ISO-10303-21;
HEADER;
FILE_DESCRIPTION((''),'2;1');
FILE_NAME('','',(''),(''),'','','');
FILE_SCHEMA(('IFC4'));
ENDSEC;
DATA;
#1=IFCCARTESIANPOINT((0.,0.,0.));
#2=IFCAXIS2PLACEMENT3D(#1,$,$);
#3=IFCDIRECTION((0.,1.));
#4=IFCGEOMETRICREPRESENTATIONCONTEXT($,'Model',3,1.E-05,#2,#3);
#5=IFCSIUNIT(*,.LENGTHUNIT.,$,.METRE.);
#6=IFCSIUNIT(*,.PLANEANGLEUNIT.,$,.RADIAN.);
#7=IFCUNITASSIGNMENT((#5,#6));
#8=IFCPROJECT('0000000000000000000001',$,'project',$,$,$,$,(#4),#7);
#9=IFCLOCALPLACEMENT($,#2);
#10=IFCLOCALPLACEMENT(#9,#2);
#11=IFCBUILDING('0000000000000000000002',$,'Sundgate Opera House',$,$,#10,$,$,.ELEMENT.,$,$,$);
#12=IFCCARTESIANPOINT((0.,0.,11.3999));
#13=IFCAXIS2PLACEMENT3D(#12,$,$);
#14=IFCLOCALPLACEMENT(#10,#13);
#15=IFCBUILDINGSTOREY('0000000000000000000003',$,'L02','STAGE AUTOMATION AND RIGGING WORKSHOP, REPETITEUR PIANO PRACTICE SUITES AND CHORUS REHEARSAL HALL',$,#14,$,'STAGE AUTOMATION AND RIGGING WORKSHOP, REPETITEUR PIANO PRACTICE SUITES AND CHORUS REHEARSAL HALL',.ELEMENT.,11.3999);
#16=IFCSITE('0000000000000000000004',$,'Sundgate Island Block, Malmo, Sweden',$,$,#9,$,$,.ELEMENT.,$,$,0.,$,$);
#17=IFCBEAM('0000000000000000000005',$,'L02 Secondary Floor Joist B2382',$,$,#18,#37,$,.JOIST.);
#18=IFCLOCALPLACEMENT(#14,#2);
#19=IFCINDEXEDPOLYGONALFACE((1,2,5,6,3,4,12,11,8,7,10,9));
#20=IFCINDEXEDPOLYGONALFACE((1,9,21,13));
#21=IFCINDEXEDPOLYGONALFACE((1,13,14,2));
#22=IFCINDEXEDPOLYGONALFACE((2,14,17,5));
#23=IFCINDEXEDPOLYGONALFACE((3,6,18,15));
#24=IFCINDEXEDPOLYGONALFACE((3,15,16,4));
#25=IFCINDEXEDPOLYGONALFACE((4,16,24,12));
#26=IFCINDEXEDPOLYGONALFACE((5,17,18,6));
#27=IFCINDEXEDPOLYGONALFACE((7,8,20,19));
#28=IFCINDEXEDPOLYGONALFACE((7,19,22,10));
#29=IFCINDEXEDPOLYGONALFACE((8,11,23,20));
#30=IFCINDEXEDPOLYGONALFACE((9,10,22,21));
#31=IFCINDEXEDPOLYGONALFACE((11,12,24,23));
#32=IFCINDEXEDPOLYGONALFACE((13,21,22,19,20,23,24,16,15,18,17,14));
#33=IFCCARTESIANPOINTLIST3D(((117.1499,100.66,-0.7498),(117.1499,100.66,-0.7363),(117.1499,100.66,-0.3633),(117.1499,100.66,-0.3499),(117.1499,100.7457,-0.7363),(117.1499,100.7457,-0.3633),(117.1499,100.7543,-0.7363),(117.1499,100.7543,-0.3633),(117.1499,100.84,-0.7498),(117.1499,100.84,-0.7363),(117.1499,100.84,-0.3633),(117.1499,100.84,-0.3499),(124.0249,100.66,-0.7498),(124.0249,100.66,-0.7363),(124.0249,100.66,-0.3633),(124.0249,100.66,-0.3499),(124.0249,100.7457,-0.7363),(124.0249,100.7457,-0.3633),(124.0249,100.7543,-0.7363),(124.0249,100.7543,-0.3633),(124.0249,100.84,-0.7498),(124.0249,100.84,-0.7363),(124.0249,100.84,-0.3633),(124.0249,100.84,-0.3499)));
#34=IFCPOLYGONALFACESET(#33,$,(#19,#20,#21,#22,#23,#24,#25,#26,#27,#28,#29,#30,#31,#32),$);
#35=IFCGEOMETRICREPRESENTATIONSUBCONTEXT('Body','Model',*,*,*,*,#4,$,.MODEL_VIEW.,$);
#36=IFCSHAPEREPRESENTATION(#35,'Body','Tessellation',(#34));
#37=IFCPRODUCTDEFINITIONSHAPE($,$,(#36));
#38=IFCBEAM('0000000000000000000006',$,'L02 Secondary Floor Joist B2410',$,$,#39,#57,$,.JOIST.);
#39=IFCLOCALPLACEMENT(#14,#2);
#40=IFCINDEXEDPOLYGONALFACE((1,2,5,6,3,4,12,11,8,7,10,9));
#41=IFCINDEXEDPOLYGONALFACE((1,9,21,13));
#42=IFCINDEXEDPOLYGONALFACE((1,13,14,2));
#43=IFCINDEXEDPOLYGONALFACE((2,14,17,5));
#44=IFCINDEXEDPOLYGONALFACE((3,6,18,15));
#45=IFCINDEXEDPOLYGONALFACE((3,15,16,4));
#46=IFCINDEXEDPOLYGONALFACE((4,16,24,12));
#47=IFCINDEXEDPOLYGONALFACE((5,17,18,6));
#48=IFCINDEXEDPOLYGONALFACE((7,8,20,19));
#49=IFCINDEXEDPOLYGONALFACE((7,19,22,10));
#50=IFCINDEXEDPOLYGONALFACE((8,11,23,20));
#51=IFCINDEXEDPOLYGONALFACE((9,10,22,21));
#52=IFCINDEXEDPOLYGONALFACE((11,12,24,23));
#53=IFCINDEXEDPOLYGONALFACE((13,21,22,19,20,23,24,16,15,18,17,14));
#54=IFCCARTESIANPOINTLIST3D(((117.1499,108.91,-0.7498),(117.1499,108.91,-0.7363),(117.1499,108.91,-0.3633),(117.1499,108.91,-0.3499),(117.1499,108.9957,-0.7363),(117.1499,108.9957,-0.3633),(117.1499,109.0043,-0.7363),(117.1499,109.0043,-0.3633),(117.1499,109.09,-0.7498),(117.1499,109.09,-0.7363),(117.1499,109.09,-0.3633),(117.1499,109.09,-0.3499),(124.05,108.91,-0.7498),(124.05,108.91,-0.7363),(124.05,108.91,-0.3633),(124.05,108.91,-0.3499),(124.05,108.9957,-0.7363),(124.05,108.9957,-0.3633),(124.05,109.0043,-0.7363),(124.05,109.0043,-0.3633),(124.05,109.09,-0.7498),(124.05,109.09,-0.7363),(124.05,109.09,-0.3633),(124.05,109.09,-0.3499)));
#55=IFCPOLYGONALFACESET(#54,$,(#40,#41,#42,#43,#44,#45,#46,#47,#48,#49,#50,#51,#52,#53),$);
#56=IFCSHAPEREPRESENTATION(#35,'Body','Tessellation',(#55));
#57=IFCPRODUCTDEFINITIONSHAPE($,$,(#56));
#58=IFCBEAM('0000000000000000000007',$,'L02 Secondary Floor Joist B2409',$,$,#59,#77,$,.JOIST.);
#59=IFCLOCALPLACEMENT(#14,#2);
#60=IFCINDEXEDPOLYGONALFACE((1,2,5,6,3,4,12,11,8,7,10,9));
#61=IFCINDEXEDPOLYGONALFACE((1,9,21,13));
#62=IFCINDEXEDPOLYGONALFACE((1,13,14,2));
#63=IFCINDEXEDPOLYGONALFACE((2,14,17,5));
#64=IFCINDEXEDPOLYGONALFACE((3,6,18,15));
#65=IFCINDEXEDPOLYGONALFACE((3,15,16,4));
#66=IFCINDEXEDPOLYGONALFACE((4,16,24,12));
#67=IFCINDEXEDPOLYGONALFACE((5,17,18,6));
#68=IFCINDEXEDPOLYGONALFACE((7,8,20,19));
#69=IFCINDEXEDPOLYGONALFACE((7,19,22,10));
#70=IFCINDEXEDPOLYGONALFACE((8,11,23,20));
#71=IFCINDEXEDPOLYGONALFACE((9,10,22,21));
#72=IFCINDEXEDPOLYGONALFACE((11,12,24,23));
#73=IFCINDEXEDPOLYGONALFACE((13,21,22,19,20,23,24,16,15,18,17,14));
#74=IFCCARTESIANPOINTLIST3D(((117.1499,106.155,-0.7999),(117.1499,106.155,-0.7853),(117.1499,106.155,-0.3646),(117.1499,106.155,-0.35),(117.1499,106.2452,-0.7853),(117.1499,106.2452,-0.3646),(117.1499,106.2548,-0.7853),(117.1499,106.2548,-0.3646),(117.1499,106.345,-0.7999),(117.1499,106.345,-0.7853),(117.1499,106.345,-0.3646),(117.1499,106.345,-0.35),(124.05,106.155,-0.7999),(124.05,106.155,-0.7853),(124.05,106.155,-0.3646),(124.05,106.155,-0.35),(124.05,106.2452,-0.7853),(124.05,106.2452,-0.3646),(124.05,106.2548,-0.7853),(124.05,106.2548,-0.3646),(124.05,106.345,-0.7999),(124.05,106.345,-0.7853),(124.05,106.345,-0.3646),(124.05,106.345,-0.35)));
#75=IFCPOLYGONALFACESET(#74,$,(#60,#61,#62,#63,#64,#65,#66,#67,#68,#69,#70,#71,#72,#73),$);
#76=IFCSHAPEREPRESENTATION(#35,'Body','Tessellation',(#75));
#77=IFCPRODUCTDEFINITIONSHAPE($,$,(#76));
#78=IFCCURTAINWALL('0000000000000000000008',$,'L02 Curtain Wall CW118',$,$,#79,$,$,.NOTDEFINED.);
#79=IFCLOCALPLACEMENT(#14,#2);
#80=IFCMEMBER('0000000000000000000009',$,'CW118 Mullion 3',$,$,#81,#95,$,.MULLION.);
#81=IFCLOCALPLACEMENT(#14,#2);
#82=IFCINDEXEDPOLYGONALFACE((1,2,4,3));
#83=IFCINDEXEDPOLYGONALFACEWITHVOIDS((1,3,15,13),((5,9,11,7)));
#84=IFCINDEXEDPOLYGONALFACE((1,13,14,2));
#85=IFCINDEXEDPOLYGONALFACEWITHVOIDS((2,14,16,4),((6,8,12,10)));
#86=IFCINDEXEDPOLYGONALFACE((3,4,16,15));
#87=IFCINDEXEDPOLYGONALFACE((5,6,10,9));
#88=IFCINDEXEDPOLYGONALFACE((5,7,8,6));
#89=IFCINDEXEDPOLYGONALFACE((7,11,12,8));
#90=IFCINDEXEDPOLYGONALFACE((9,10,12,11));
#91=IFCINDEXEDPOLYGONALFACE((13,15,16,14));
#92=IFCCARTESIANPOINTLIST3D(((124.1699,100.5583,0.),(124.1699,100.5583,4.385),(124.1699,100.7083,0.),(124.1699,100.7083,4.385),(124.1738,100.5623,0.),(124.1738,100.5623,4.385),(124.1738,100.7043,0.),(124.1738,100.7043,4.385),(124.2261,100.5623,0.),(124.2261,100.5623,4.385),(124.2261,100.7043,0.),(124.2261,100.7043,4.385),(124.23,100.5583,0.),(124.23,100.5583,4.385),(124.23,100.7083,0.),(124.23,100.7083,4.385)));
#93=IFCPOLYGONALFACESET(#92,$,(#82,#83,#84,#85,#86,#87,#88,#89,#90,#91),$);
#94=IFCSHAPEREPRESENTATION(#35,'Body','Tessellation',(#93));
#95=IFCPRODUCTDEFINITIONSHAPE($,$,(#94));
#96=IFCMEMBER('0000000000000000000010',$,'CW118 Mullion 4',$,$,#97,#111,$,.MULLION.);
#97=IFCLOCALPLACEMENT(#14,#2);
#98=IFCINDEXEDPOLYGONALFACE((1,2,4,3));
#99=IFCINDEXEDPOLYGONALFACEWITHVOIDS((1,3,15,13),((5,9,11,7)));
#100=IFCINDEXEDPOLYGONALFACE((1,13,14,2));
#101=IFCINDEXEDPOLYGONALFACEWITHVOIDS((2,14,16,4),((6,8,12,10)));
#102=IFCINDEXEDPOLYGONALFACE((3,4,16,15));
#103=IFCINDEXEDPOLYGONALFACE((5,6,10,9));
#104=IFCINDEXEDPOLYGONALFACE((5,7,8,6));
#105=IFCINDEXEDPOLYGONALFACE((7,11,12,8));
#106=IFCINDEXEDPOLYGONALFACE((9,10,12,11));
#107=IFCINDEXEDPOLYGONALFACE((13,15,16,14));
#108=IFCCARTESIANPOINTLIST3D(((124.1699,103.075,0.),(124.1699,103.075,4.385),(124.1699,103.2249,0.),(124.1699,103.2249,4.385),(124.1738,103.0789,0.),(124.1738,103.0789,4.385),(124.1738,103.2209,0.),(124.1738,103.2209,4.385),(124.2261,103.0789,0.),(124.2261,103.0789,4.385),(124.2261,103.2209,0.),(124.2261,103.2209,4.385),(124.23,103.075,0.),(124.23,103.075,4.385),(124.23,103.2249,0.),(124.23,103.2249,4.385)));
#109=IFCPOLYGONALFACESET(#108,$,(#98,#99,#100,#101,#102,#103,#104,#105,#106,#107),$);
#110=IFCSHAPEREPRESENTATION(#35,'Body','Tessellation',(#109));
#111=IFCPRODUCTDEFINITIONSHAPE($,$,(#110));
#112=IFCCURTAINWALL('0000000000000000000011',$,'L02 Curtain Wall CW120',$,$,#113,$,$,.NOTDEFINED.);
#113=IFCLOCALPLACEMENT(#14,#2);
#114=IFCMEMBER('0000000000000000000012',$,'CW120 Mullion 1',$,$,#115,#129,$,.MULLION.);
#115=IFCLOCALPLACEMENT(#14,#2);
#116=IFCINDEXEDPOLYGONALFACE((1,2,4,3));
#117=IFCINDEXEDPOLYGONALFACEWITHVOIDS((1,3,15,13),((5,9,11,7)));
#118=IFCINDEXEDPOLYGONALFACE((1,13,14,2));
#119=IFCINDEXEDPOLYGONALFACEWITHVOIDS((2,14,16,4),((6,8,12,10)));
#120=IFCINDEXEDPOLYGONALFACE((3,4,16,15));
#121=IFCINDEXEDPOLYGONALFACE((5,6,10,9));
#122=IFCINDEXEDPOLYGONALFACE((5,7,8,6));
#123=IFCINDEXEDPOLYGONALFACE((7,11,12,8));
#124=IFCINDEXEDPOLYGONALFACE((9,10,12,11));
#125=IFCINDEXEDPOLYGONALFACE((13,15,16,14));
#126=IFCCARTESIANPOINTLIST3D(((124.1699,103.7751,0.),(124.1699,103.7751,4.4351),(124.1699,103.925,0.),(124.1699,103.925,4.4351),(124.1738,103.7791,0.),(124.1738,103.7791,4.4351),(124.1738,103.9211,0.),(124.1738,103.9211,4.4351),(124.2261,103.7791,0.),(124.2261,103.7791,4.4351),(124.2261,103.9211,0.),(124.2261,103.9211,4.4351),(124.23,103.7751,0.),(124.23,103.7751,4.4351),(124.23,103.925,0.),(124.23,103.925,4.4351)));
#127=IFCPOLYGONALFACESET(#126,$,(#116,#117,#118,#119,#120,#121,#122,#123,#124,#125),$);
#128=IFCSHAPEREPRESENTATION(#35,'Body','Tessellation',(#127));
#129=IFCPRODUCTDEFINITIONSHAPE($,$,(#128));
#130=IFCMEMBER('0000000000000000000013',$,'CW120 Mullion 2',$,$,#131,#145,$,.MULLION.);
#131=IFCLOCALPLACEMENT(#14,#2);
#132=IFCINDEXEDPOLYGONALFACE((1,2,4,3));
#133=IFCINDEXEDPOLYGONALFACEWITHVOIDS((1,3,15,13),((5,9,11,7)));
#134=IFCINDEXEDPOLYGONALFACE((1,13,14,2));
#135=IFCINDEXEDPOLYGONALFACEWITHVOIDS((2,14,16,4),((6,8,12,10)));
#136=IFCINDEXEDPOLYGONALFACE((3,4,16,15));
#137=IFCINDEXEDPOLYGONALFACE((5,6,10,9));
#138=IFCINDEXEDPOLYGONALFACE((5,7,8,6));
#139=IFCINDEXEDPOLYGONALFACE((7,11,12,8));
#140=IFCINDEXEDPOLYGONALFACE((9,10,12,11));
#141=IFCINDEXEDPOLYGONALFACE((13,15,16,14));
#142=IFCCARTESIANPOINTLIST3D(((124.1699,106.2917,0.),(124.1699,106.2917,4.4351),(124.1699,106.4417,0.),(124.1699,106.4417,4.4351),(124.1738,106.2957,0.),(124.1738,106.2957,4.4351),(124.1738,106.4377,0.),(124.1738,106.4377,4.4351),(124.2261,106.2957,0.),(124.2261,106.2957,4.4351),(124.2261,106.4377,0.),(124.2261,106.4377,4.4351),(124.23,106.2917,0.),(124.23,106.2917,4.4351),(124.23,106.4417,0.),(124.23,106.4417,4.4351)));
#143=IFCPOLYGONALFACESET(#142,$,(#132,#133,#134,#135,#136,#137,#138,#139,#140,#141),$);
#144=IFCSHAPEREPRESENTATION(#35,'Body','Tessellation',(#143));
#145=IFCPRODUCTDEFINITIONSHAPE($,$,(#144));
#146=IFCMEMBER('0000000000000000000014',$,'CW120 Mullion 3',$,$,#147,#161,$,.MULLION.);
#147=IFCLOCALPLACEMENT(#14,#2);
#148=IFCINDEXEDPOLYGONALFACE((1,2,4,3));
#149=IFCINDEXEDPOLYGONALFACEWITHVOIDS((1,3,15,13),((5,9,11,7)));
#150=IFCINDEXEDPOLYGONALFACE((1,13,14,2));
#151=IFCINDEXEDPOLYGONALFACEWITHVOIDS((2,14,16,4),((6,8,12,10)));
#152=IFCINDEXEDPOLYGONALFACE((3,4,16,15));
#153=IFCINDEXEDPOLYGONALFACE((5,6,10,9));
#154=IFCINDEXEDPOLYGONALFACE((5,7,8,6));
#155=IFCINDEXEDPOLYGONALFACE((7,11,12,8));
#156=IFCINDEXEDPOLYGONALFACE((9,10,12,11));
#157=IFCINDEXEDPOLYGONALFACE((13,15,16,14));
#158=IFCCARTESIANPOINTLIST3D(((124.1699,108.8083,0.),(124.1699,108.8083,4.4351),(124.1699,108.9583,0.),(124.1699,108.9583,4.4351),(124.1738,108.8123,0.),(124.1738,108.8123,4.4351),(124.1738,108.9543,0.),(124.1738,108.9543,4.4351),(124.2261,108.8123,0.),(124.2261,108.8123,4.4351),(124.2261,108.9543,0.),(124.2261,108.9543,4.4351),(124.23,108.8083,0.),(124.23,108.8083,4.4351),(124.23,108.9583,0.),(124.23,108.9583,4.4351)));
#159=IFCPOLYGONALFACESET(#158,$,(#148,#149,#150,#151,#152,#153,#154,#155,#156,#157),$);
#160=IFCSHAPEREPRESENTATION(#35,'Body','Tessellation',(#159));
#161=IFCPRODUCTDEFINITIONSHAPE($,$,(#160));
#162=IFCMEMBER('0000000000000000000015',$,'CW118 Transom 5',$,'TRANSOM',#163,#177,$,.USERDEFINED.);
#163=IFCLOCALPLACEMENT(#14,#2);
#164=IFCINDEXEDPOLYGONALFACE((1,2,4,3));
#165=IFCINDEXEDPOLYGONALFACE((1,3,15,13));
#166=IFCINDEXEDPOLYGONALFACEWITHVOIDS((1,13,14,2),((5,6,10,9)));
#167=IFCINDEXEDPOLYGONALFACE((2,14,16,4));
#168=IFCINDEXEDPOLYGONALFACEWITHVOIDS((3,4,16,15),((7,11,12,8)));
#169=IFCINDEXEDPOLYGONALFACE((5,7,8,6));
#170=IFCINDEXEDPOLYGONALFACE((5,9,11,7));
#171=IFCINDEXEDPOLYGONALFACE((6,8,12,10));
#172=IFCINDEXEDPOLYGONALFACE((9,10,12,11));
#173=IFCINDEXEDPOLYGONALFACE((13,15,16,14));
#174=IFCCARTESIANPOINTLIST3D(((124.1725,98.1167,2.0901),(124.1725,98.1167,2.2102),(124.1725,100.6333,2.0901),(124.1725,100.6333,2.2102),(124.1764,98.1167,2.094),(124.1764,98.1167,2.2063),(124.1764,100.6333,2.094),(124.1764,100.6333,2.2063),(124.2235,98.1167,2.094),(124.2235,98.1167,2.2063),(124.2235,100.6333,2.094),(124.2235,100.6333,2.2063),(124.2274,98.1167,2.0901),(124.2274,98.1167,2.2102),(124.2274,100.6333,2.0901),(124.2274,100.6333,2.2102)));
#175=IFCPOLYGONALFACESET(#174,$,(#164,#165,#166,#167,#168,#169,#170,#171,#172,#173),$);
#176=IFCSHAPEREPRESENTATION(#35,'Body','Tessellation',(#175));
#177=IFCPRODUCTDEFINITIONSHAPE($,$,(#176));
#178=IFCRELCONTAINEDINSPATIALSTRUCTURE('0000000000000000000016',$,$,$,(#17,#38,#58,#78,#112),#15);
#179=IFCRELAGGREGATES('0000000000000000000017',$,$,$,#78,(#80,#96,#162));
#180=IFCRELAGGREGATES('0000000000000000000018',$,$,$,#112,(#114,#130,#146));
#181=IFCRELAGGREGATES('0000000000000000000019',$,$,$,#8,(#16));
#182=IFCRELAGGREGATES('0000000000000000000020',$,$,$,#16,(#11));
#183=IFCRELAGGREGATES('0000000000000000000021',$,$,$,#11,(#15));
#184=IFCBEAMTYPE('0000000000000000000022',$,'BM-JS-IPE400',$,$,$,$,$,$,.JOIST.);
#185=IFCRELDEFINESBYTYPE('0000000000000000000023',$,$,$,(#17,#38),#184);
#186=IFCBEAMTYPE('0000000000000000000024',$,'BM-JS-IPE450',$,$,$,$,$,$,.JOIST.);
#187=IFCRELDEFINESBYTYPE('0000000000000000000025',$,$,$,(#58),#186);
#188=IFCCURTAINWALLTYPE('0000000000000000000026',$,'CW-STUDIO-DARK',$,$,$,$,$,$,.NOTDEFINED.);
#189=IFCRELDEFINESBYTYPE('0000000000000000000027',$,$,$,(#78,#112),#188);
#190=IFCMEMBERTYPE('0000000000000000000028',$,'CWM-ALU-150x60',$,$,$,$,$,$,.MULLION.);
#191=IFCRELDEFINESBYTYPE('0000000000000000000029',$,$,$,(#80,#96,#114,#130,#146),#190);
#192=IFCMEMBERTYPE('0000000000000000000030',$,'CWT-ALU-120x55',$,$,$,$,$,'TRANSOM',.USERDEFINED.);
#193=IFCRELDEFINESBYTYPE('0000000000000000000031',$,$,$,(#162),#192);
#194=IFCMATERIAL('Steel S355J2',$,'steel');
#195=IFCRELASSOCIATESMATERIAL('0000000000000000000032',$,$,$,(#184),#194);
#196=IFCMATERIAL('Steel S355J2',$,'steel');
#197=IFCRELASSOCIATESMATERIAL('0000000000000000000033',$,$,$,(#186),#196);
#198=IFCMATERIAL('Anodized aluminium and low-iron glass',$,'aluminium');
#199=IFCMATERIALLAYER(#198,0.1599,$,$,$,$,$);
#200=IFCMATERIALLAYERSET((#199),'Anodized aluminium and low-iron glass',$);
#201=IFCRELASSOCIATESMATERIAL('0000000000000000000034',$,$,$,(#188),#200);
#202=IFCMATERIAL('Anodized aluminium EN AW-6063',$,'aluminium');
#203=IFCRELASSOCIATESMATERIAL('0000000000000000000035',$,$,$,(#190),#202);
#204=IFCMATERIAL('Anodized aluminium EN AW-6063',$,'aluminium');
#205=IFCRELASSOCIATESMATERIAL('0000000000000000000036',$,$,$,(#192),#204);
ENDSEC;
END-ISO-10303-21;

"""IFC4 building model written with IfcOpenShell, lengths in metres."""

from ifc_helpers import new_model, si_unit, direction, frame, origin, origin_2d, place, context, subcontext, project, spatial, hollow_rectangle, i_section, extrude, material, layer, layer_set, material_profile, profile_set, type_object, element, aggregate, save


model = new_model("IFC4")

# Units and contexts
model_context = context("Model", 3, precision=1e-05, world=origin(), true_north=direction((0.0, 1.0)))
body_context = subcontext(model_context, "Body", "Model", "MODEL_VIEW")
ifc_project = project(units=[si_unit("LENGTHUNIT", "METRE"), si_unit("PLANEANGLEUNIT", "RADIAN")], contexts=[model_context])

# Site, building, storey
site_placement = place(None, origin())
site = spatial("IfcSite", under=ifc_project, at=site_placement, Name="Sundgate Island Block, Malmo, Sweden", CompositionType="ELEMENT", RefElevation=0.0)
building_placement = place(site_placement, origin())
building = spatial("IfcBuilding", under=site, at=building_placement, Name="Sundgate Opera House", CompositionType="ELEMENT")
storey_placement = place(building_placement, frame((0.0, 0.0, 11.3999)))
storey = spatial("IfcBuildingStorey", under=building, at=storey_placement, Name="L02", Description="STAGE AUTOMATION AND RIGGING WORKSHOP, REPETITEUR PIANO PRACTICE SUITES AND CHORUS REHEARSAL HALL", LongName="STAGE AUTOMATION AND RIGGING WORKSHOP, REPETITEUR PIANO PRACTICE SUITES AND CHORUS REHEARSAL HALL", CompositionType="ELEMENT", Elevation=11.3999)

# Beams
ifc_material_1 = material(Name="Steel S355J2", Category="steel")
ifc_material_profile_1 = material_profile(ifc_material_1, i_section(OverallWidth=0.1799, OverallDepth=0.3999, WebThickness=0.0085, FlangeThickness=0.0134, at=origin_2d()), Name="IPE 400")
ifc_profile_set_1 = profile_set([ifc_material_profile_1], Name="Steel S355J2")
beam_type_1 = type_object("IfcBeamType", Name="BM-JS-IPE400", PredefinedType="JOIST", material=ifc_profile_set_1)
beam_1_placement = place(storey_placement, frame((117.1499, 100.75, -0.5498), z_axis=(1.0, 0.0, 0.0), x_axis=(0.0, 1.0, 0.0)))
element("IfcBeam", 1, at=beam_1_placement, inside=storey, type_object=beam_type_1, Name="L02 Secondary Floor Joist B2382", PredefinedType="JOIST", context=body_context, shape_type="SweptSolid", body=[
    extrude(i_section(OverallWidth=0.1799, OverallDepth=0.3999, WebThickness=0.0085, FlangeThickness=0.0134, at=origin_2d()), origin(), (0.0, 0.0, 1.0), 6.875),
])
beam_2_placement = place(storey_placement, frame((117.1499, 109.0, -0.5498), z_axis=(1.0, 0.0, 0.0), x_axis=(0.0, 1.0, 0.0)))
element("IfcBeam", 2, at=beam_2_placement, inside=storey, type_object=beam_type_1, Name="L02 Secondary Floor Joist B2410", PredefinedType="JOIST", context=body_context, shape_type="SweptSolid", body=[
    extrude(i_section(OverallWidth=0.1799, OverallDepth=0.3999, WebThickness=0.0085, FlangeThickness=0.0134, at=origin_2d()), origin(), (0.0, 0.0, 1.0), 6.9001),
])
ifc_material_2 = material(Name="Steel S355J2", Category="steel")
ifc_material_profile_2 = material_profile(ifc_material_2, i_section(OverallWidth=0.1899, OverallDepth=0.45, WebThickness=0.0095, FlangeThickness=0.0146, at=origin_2d()), Name="IPE 450")
ifc_profile_set_2 = profile_set([ifc_material_profile_2], Name="Steel S355J2")
beam_type_2 = type_object("IfcBeamType", Name="BM-JS-IPE450", PredefinedType="JOIST", material=ifc_profile_set_2)
beam_3_placement = place(storey_placement, frame((117.1499, 106.25, -0.575), z_axis=(1.0, 0.0, 0.0), x_axis=(0.0, 1.0, 0.0)))
element("IfcBeam", 3, at=beam_3_placement, inside=storey, type_object=beam_type_2, Name="L02 Secondary Floor Joist B2409", PredefinedType="JOIST", context=body_context, shape_type="SweptSolid", body=[
    extrude(i_section(OverallWidth=0.1899, OverallDepth=0.45, WebThickness=0.0095, FlangeThickness=0.0146, at=origin_2d()), origin(), (0.0, 0.0, 1.0), 6.9001),
])

# Curtain walls, members
ifc_material_3 = material(Name="Anodized aluminium and low-iron glass", Category="aluminium")
ifc_layer_1 = layer(ifc_material_3, 0.1599)
ifc_layer_set_1 = layer_set([ifc_layer_1], Name="Anodized aluminium and low-iron glass")
curtain_wall_type = type_object("IfcCurtainWallType", Name="CW-STUDIO-DARK", PredefinedType="NOTDEFINED", material=ifc_layer_set_1)
curtain_wall_1_placement = place(storey_placement, origin())
curtain_wall_1 = element("IfcCurtainWall", 4, at=curtain_wall_1_placement, inside=storey, type_object=curtain_wall_type, Name="L02 Curtain Wall CW118", PredefinedType="NOTDEFINED")
ifc_material_4 = material(Name="Anodized aluminium EN AW-6063", Category="aluminium")
ifc_material_profile_3 = material_profile(ifc_material_4, hollow_rectangle(XDim=0.0601, YDim=0.1499, WallThickness=0.0039, at=origin_2d()), Name="CWM 150x60x4")
ifc_profile_set_3 = profile_set([ifc_material_profile_3], Name="Anodized aluminium EN AW-6063")
member_type_1 = type_object("IfcMemberType", Name="CWM-ALU-150x60", PredefinedType="MULLION", material=ifc_profile_set_3)
member_1_placement = place(storey_placement, frame((124.2, 100.6333, 0.0), z_axis=(0.0, 0.0, 1.0), x_axis=(1.0, 0.0, 0.0)))
member_1 = element("IfcMember", 5, at=member_1_placement, type_object=member_type_1, Name="CW118 Mullion 3", PredefinedType="MULLION", context=body_context, shape_type="SweptSolid", body=[
    extrude(hollow_rectangle(XDim=0.0601, YDim=0.1499, WallThickness=0.0039, at=origin_2d()), origin(), (0.0, 0.0, 1.0), 4.385),
])
member_2_placement = place(storey_placement, frame((124.2, 103.1499, 0.0), z_axis=(0.0, 0.0, 1.0), x_axis=(1.0, 0.0, 0.0)))
member_2 = element("IfcMember", 6, at=member_2_placement, type_object=member_type_1, Name="CW118 Mullion 4", PredefinedType="MULLION", context=body_context, shape_type="SweptSolid", body=[
    extrude(hollow_rectangle(XDim=0.0601, YDim=0.1499, WallThickness=0.0039, at=origin_2d()), origin(), (0.0, 0.0, 1.0), 4.385),
])
curtain_wall_2_placement = place(storey_placement, origin())
curtain_wall_2 = element("IfcCurtainWall", 7, at=curtain_wall_2_placement, inside=storey, type_object=curtain_wall_type, Name="L02 Curtain Wall CW120", PredefinedType="NOTDEFINED")
member_3_placement = place(storey_placement, frame((124.2, 103.8501, 0.0), z_axis=(0.0, 0.0, 1.0), x_axis=(1.0, 0.0, 0.0)))
member_3 = element("IfcMember", 8, at=member_3_placement, type_object=member_type_1, Name="CW120 Mullion 1", PredefinedType="MULLION", context=body_context, shape_type="SweptSolid", body=[
    extrude(hollow_rectangle(XDim=0.0601, YDim=0.1499, WallThickness=0.0039, at=origin_2d()), origin(), (0.0, 0.0, 1.0), 4.4351),
])
member_4_placement = place(storey_placement, frame((124.2, 106.3667, 0.0), z_axis=(0.0, 0.0, 1.0), x_axis=(1.0, 0.0, 0.0)))
member_4 = element("IfcMember", 9, at=member_4_placement, type_object=member_type_1, Name="CW120 Mullion 2", PredefinedType="MULLION", context=body_context, shape_type="SweptSolid", body=[
    extrude(hollow_rectangle(XDim=0.0601, YDim=0.1499, WallThickness=0.0039, at=origin_2d()), origin(), (0.0, 0.0, 1.0), 4.4351),
])
member_5_placement = place(storey_placement, frame((124.2, 108.8833, 0.0), z_axis=(0.0, 0.0, 1.0), x_axis=(1.0, 0.0, 0.0)))
member_5 = element("IfcMember", 10, at=member_5_placement, type_object=member_type_1, Name="CW120 Mullion 3", PredefinedType="MULLION", context=body_context, shape_type="SweptSolid", body=[
    extrude(hollow_rectangle(XDim=0.0601, YDim=0.1499, WallThickness=0.0039, at=origin_2d()), origin(), (0.0, 0.0, 1.0), 4.4351),
])

# Member
ifc_material_5 = material(Name="Anodized aluminium EN AW-6063", Category="aluminium")
ifc_material_profile_4 = material_profile(ifc_material_5, hollow_rectangle(XDim=0.0549, YDim=0.1201, WallThickness=0.0039, at=origin_2d()), Name="CWT 120x55x4")
ifc_profile_set_4 = profile_set([ifc_material_profile_4], Name="Anodized aluminium EN AW-6063")
member_type_2 = type_object("IfcMemberType", Name="CWT-ALU-120x55", ElementType="TRANSOM", PredefinedType="USERDEFINED", material=ifc_profile_set_4)
member_6_placement = place(storey_placement, frame((124.2, 98.1167, 2.1501), z_axis=(0.0, 1.0, 0.0), x_axis=(-1.0, 0.0, 0.0)))
member_6 = element("IfcMember", 11, at=member_6_placement, type_object=member_type_2, Name="CW118 Transom 5", ObjectType="TRANSOM", PredefinedType="USERDEFINED", context=body_context, shape_type="SweptSolid", body=[
    extrude(hollow_rectangle(XDim=0.0549, YDim=0.1201, WallThickness=0.0039, at=origin_2d()), origin(), (0.0, 0.0, 1.0), 2.5166),
])

aggregate(curtain_wall_1, [member_1, member_2, member_6])
aggregate(curtain_wall_2, [member_3, member_4, member_5])

save(model, "model.ifc")
